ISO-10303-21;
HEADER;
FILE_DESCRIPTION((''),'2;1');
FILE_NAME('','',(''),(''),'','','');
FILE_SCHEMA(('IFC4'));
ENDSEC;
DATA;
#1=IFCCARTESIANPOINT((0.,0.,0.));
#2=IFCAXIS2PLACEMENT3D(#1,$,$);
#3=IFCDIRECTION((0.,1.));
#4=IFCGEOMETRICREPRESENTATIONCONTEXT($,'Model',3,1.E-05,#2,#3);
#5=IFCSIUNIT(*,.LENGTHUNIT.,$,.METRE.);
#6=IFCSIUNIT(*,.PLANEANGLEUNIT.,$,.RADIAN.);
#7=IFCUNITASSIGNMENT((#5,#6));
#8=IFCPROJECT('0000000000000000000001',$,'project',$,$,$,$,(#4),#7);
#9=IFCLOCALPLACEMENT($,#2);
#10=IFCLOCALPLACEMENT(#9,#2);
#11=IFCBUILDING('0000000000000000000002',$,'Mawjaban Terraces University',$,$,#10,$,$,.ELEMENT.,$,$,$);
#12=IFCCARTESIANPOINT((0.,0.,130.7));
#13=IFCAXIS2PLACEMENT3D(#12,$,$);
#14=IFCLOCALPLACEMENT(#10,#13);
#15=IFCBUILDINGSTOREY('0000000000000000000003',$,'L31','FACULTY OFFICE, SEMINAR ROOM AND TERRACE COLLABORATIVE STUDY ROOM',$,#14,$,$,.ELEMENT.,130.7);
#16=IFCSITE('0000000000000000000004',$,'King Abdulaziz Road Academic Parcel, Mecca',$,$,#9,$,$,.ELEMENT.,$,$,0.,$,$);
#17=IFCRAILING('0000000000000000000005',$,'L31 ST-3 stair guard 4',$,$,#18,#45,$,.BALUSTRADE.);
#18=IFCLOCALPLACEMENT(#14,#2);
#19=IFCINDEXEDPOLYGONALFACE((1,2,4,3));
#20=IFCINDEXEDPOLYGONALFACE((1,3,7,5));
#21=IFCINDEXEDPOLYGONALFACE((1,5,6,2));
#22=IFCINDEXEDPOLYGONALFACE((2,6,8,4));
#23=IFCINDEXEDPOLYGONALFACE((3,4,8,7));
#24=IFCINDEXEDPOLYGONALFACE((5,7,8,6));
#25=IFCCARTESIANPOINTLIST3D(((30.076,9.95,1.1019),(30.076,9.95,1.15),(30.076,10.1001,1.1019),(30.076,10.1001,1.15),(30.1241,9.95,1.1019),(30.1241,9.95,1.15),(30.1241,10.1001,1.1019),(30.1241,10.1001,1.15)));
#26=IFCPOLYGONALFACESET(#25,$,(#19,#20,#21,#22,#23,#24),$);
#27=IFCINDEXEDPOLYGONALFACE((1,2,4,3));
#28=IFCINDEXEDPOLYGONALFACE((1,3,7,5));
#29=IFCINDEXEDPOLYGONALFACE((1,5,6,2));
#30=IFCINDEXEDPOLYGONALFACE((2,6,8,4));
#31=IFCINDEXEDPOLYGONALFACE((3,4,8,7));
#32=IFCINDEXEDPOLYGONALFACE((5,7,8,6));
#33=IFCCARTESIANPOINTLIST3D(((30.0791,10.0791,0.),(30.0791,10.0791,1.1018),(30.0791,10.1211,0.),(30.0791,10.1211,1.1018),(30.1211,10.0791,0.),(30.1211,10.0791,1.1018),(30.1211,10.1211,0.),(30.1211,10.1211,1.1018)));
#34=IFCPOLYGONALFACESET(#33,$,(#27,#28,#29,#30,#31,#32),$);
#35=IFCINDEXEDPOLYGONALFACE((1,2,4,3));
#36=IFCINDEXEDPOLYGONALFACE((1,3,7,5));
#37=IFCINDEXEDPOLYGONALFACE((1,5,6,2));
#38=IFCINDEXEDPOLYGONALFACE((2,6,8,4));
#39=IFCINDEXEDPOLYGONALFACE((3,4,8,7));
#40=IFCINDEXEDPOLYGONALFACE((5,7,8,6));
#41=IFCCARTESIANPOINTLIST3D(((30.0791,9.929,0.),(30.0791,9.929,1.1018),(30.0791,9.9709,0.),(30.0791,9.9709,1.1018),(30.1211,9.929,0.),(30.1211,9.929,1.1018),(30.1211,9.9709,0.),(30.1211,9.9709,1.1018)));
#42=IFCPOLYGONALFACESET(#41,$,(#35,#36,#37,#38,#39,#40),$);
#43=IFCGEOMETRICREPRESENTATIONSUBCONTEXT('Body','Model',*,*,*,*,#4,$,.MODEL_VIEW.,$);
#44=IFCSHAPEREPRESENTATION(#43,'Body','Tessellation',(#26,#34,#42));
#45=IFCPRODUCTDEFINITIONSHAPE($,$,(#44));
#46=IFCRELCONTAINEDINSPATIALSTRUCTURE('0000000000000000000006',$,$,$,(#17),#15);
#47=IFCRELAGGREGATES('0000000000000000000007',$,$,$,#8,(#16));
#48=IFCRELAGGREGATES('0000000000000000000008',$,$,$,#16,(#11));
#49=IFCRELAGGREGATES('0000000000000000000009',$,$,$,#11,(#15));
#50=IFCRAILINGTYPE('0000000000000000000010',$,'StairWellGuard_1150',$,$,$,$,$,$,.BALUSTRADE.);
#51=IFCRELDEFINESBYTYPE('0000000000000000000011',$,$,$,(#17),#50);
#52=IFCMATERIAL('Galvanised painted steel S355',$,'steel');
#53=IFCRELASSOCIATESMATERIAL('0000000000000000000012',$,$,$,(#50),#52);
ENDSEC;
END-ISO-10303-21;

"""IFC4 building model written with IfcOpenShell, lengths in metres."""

from ifc_helpers import new_model, si_unit, direction, frame, origin, origin_2d, place, context, subcontext, project, spatial, rectangle, extrude, material, type_object, element, save


model = new_model("IFC4")

# Units and contexts
model_context = context("Model", 3, precision=1e-05, world=origin(), true_north=direction((0.0, 1.0)))
body_context = subcontext(model_context, "Body", "Model", "MODEL_VIEW")
ifc_project = project(units=[si_unit("LENGTHUNIT", "METRE"), si_unit("PLANEANGLEUNIT", "RADIAN")], contexts=[model_context])

# Site, building, storey
site_placement = place(None, origin())
site = spatial("IfcSite", under=ifc_project, at=site_placement, Name="King Abdulaziz Road Academic Parcel, Mecca", CompositionType="ELEMENT", RefElevation=0.0)
building_placement = place(site_placement, origin())
building = spatial("IfcBuilding", under=site, at=building_placement, Name="Mawjaban Terraces University", CompositionType="ELEMENT")
storey_placement = place(building_placement, frame((0.0, 0.0, 130.7)))
storey = spatial("IfcBuildingStorey", under=building, at=storey_placement, Name="L31", Description="FACULTY OFFICE, SEMINAR ROOM AND TERRACE COLLABORATIVE STUDY ROOM", CompositionType="ELEMENT", Elevation=130.7)

# Railing
ifc_material_1 = material(Name="Galvanised painted steel S355", Category="steel")
railing_type = type_object("IfcRailingType", Name="StairWellGuard_1150", PredefinedType="BALUSTRADE", material=ifc_material_1)
railing_placement = place(storey_placement, frame((30.1001, 10.1001, 0.0)))
element("IfcRailing", 1, at=railing_placement, inside=storey, type_object=railing_type, Name="L31 ST-3 stair guard 4", PredefinedType="BALUSTRADE", context=body_context, shape_type="SweptSolid", body=[
    extrude(rectangle(XDim=0.0481, YDim=0.0481, at=origin_2d()), frame((0.0, 0.0, 1.126), z_axis=(0.0, -1.0, 0.0), x_axis=(1.0, 0.0, 0.0)), (0.0, 0.0, 1.0), 0.1501),
    extrude(rectangle(XDim=0.042, YDim=0.042, at=origin_2d()), origin(), (0.0, 0.0, 1.0), 1.1018),
    extrude(rectangle(XDim=0.042, YDim=0.042, at=origin_2d()), frame((0.0, -0.1501, 0.0)), (0.0, 0.0, 1.0), 1.1018),
])

save(model, "model.ifc")
